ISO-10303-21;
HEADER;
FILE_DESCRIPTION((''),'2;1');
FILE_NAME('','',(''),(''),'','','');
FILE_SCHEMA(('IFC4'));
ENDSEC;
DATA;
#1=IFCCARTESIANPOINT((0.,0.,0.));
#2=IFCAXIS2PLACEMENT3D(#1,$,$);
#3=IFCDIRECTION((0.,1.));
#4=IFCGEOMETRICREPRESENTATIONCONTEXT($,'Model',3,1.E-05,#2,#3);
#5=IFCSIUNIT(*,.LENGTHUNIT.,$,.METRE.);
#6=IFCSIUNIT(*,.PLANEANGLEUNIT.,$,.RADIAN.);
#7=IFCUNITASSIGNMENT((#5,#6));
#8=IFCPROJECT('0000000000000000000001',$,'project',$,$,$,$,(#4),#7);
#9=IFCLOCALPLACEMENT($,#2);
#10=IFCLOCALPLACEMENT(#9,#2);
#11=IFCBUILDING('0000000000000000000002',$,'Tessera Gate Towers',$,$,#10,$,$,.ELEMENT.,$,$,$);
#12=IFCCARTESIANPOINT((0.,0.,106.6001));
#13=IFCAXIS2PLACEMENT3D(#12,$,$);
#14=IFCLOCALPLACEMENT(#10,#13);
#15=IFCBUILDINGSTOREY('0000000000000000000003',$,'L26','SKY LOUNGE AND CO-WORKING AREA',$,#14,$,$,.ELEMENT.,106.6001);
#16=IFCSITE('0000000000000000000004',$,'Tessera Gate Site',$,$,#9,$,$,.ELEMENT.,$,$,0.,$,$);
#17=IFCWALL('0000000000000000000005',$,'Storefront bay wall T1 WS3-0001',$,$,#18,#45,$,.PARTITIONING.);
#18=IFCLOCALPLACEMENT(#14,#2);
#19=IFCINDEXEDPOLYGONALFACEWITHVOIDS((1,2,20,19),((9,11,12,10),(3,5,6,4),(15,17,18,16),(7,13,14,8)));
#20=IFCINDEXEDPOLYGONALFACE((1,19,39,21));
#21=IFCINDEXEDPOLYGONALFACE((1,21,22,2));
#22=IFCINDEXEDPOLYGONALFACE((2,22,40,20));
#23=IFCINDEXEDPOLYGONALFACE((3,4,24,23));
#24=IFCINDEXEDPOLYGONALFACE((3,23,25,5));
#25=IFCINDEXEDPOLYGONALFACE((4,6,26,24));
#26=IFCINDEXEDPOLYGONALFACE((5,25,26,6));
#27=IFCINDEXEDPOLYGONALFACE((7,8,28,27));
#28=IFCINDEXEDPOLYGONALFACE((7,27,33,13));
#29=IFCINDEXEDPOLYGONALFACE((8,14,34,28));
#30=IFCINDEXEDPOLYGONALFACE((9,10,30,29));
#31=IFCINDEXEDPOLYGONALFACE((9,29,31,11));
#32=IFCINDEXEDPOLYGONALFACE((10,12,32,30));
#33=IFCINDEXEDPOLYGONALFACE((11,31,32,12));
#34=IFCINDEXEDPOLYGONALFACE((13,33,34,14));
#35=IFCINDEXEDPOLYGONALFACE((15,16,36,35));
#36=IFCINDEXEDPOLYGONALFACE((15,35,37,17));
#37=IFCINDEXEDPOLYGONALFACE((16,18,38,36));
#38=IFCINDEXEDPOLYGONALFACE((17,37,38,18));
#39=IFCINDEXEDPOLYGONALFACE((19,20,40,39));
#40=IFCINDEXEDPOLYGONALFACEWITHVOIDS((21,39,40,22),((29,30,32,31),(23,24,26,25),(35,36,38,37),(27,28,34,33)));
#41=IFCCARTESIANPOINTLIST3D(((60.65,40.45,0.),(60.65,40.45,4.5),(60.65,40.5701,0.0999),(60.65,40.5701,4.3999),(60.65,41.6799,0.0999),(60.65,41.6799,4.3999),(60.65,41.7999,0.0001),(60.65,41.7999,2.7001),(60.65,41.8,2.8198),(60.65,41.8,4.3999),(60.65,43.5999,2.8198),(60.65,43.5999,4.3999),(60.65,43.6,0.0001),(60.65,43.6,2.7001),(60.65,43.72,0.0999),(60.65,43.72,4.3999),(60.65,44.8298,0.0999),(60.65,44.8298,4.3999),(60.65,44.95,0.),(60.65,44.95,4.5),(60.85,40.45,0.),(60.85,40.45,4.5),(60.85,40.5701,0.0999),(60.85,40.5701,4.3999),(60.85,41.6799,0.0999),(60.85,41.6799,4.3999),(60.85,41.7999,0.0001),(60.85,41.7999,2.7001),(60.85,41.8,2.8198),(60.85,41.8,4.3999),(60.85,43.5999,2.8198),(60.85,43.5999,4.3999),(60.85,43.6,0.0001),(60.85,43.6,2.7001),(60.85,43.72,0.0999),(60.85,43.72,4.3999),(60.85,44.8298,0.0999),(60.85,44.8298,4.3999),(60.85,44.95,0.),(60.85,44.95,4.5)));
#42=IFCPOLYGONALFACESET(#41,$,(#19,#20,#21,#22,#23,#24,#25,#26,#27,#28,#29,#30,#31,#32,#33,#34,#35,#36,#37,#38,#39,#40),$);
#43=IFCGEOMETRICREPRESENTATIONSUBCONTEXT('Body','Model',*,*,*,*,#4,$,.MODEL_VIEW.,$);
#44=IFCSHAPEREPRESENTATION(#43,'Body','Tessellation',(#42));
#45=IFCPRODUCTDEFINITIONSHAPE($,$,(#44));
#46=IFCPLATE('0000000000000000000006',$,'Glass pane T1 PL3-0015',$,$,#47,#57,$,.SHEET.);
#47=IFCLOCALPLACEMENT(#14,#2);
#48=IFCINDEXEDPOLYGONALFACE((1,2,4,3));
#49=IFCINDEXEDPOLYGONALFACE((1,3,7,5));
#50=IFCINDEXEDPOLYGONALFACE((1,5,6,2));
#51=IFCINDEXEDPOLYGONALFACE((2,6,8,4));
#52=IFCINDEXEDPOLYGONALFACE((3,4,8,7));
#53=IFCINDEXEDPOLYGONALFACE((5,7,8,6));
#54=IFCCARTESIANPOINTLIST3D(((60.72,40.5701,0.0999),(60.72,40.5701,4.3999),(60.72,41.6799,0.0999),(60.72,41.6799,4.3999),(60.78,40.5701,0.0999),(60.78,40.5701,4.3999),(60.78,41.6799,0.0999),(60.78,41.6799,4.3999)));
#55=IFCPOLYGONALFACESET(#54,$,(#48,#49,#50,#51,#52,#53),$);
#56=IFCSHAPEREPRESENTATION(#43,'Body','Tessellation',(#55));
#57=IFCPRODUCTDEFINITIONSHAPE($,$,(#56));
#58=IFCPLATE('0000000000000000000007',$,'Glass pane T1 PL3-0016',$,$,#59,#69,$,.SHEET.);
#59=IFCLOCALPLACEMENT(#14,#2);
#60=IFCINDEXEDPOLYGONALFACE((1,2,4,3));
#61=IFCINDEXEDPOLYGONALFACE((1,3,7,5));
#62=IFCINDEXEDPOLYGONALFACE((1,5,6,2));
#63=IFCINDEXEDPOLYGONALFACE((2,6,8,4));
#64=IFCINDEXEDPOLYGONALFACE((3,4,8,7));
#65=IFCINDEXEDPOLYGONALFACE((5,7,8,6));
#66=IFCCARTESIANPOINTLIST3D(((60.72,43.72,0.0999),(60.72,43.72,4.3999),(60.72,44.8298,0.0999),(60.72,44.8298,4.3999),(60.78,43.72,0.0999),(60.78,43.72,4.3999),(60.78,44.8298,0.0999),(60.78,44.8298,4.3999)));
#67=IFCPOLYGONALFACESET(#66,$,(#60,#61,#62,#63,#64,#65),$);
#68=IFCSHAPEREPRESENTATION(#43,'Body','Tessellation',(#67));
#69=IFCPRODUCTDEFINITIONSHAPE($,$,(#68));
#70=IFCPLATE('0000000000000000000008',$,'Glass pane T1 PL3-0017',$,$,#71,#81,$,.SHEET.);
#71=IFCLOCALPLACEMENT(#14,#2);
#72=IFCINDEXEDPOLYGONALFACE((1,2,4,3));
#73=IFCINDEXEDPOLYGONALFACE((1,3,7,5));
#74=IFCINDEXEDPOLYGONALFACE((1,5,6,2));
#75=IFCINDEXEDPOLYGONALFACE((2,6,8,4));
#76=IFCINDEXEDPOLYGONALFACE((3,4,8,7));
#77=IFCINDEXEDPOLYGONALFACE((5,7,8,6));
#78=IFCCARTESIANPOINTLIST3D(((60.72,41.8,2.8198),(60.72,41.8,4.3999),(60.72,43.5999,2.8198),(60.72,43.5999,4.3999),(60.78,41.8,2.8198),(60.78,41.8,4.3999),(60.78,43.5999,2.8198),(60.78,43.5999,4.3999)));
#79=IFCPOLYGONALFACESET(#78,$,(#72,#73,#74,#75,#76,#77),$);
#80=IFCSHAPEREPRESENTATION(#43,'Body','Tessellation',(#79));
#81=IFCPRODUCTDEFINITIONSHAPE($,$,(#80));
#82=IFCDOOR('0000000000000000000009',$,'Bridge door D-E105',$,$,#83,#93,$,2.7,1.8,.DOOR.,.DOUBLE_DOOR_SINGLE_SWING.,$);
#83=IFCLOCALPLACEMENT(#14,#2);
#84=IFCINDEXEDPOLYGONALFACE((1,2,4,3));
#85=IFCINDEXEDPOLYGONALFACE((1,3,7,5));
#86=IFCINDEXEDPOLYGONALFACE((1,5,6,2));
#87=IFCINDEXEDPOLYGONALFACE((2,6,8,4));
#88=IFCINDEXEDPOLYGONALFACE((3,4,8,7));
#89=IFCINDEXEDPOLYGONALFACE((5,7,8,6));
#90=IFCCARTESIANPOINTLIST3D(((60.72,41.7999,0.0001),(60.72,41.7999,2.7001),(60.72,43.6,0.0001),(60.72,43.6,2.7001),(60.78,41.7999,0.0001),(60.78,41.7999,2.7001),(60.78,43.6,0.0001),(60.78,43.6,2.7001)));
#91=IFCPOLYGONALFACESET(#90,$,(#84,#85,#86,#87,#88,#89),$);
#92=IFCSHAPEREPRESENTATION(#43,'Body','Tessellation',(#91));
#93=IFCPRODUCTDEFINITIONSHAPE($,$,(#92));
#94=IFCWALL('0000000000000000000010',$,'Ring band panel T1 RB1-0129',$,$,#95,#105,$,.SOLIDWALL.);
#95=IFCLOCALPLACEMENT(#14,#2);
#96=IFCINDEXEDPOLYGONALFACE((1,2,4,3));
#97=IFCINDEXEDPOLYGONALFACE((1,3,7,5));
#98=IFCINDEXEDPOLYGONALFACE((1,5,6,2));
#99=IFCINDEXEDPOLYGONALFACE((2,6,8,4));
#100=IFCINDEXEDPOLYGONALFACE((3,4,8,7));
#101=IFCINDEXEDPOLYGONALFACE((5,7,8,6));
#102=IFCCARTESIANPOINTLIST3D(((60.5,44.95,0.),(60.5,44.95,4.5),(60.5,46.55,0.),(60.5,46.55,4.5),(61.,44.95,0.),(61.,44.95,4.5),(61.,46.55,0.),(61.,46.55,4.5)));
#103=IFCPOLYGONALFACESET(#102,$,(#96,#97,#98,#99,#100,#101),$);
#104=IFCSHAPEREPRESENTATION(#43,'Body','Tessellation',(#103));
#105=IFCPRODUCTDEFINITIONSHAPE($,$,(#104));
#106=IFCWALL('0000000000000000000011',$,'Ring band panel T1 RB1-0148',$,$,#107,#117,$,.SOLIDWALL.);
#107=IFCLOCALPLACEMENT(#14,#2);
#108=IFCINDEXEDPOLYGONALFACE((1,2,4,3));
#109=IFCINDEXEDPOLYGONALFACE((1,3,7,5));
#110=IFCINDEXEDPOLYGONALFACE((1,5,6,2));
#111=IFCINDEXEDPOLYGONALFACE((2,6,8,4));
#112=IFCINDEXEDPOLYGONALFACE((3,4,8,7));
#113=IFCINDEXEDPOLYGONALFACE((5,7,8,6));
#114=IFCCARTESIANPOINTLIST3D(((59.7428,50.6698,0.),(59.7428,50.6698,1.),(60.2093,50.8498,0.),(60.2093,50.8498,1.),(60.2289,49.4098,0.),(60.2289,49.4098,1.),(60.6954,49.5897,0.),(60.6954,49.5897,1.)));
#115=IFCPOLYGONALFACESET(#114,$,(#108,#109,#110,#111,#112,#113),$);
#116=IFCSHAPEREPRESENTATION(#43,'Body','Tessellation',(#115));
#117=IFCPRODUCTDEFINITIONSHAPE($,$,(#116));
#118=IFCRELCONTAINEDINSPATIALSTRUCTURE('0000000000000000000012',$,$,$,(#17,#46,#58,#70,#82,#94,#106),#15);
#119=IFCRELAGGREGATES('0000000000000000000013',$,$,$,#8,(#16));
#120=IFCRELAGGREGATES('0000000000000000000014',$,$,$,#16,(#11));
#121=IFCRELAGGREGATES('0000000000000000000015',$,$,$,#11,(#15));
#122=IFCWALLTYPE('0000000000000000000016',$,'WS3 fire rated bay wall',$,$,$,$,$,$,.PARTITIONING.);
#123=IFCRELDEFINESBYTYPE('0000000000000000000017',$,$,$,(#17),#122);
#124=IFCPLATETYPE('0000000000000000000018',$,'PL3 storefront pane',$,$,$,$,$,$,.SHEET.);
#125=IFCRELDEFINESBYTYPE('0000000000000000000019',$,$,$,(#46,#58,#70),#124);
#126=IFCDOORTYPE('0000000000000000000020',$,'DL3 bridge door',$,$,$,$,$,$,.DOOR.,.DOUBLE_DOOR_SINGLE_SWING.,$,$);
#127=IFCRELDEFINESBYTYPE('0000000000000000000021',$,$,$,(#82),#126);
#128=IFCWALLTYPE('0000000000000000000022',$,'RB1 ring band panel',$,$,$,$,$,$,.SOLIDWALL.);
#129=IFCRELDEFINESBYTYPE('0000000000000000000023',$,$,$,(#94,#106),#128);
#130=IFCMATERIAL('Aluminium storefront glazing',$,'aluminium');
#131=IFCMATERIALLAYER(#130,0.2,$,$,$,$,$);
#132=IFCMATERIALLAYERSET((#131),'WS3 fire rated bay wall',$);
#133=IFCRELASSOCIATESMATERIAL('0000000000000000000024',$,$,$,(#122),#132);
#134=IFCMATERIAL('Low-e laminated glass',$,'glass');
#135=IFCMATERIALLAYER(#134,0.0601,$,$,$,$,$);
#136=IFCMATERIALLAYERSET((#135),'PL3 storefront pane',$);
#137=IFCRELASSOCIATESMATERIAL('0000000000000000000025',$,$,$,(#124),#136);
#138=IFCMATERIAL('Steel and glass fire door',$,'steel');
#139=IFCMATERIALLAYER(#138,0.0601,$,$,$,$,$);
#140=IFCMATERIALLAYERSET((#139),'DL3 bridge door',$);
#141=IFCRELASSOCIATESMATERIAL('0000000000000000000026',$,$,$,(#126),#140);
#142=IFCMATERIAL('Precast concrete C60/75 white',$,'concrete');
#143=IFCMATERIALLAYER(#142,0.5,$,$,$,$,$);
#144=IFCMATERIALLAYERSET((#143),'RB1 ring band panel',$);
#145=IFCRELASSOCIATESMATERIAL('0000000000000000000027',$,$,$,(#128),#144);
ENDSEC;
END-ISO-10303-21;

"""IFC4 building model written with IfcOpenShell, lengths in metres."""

from ifc_helpers import new_model, si_unit, direction, frame, frame_2d, origin, place, context, subcontext, project, spatial, polyline, rectangle, outline, extrude, source, transform, mapped, material, layer, layer_set, type_object, element, fill, save


model = new_model("IFC4")

# Units and contexts
model_context = context("Model", 3, precision=1e-05, world=origin(), true_north=direction((0.0, 1.0)))
body_context = subcontext(model_context, "Body", "Model", "MODEL_VIEW")
ifc_project = project(units=[si_unit("LENGTHUNIT", "METRE"), si_unit("PLANEANGLEUNIT", "RADIAN")], contexts=[model_context])

# Site, building, storey
site_placement = place(None, origin())
site = spatial("IfcSite", under=ifc_project, at=site_placement, Name="Tessera Gate Site", CompositionType="ELEMENT", RefElevation=0.0)
building_placement = place(site_placement, origin())
building = spatial("IfcBuilding", under=site, at=building_placement, Name="Tessera Gate Towers", CompositionType="ELEMENT")
storey_placement = place(building_placement, frame((0.0, 0.0, 106.6001)))
storey = spatial("IfcBuildingStorey", under=building, at=storey_placement, Name="L26", Description="SKY LOUNGE AND CO-WORKING AREA", CompositionType="ELEMENT", Elevation=106.6001)

# Wall, openings, plates, door
ifc_material_1 = material(Name="Aluminium storefront glazing", Category="aluminium")
ifc_layer_1 = layer(ifc_material_1, 0.2)
ifc_layer_set_1 = layer_set([ifc_layer_1], Name="WS3 fire rated bay wall")
wall_type_1 = type_object("IfcWallType", Name="WS3 fire rated bay wall", PredefinedType="PARTITIONING", material=ifc_layer_set_1)
wall_1_placement = place(storey_placement, frame((60.75, 40.45, 0.0), z_axis=(0.0, 0.0, 1.0), x_axis=(0.0, 1.0, 0.0)))
wall_1 = element("IfcWall", 1, at=wall_1_placement, inside=storey, type_object=wall_type_1, Name="Storefront bay wall T1 WS3-0001", PredefinedType="PARTITIONING", context=body_context, shape_type="SweptSolid", body=[
    extrude(rectangle(XDim=4.5, YDim=0.2, at=frame_2d((2.25, 0.0))), origin(), (0.0, 0.0, 1.0), 4.5),
])
shared_shape_1 = source(origin(), body_context, "Body", "SweptSolid", [
    extrude(rectangle(XDim=1.8, YDim=2.7, at=frame_2d((0.8999, 1.3501))), frame((0.0, 0.1099, 0.0), z_axis=(0.0, -1.0, 0.0), x_axis=(1.0, 0.0, 0.0)), (0.0, 0.0, 1.0), 0.22),
])
opening_1_placement = place(wall_1_placement, frame((1.3501, 0.0, 0.0)))
opening_1 = element("IfcOpeningElement", 2, at=opening_1_placement, cuts=wall_1, PredefinedType="OPENING", context=body_context, shape_type="MappedRepresentation", body=[
    mapped(shared_shape_1, transform((0.0, 0.0, 0.0), scale=1.0)),
])
shared_shape_2 = source(origin(), body_context, "Body", "SweptSolid", [
    extrude(outline(polyline([(0.1201, 0.0999), (1.23, 0.0999), (1.23, 4.3999), (0.1201, 4.3999), (0.1201, 0.0999)])), frame((0.0, 0.1099, 0.0), z_axis=(0.0, -1.0, 0.0), x_axis=(1.0, 0.0, 0.0)), (0.0, 0.0, 1.0), 0.22),
])
opening_2_placement = place(wall_1_placement, origin())
opening_2 = element("IfcOpeningElement", 3, at=opening_2_placement, cuts=wall_1, PredefinedType="OPENING", context=body_context, shape_type="MappedRepresentation", body=[
    mapped(shared_shape_2, transform((0.0, 0.0, 0.0), scale=1.0)),
])
shared_shape_3 = source(origin(), body_context, "Body", "SweptSolid", [
    extrude(outline(polyline([(3.27, 0.0999), (4.3799, 0.0999), (4.3799, 4.3999), (3.27, 4.3999), (3.27, 0.0999)])), frame((0.0, 0.1099, 0.0), z_axis=(0.0, -1.0, 0.0), x_axis=(1.0, 0.0, 0.0)), (0.0, 0.0, 1.0), 0.22),
])
opening_3_placement = place(wall_1_placement, origin())
opening_3 = element("IfcOpeningElement", 4, at=opening_3_placement, cuts=wall_1, PredefinedType="OPENING", context=body_context, shape_type="MappedRepresentation", body=[
    mapped(shared_shape_3, transform((0.0, 0.0, 0.0), scale=1.0)),
])
shared_shape_4 = source(origin(), body_context, "Body", "SweptSolid", [
    extrude(outline(polyline([(1.3501, 2.8198), (3.1499, 2.8198), (3.1499, 4.3999), (1.3501, 4.3999), (1.3501, 2.8198)])), frame((0.0, 0.1099, 0.0), z_axis=(0.0, -1.0, 0.0), x_axis=(1.0, 0.0, 0.0)), (0.0, 0.0, 1.0), 0.22),
])
opening_4_placement = place(wall_1_placement, origin())
opening_4 = element("IfcOpeningElement", 5, at=opening_4_placement, cuts=wall_1, PredefinedType="OPENING", context=body_context, shape_type="MappedRepresentation", body=[
    mapped(shared_shape_4, transform((0.0, 0.0, 0.0), scale=1.0)),
])
ifc_material_2 = material(Name="Low-e laminated glass", Category="glass")
ifc_layer_2 = layer(ifc_material_2, 0.0601)
ifc_layer_set_2 = layer_set([ifc_layer_2], Name="PL3 storefront pane")
plate_type_1 = type_object("IfcPlateType", Name="PL3 storefront pane", PredefinedType="SHEET", material=ifc_layer_set_2)
shared_shape_5 = source(origin(), body_context, "Body", "SweptSolid", [
    extrude(outline(polyline([(0.1201, 0.0999), (1.23, 0.0999), (1.23, 4.3999), (0.1201, 4.3999), (0.1201, 0.0999)])), frame((0.0, 0.03, 0.0), z_axis=(0.0, -1.0, 0.0), x_axis=(1.0, 0.0, 0.0)), (0.0, 0.0, 1.0), 0.0601),
])
plate_1_placement = place(opening_2_placement, origin())
plate_1 = element("IfcPlate", 6, at=plate_1_placement, inside=storey, type_object=plate_type_1, Name="Glass pane T1 PL3-0015", PredefinedType="SHEET", context=body_context, shape_type="MappedRepresentation", body=[
    mapped(shared_shape_5, transform((0.0, 0.0, 0.0), scale=1.0)),
])
fill(opening_2, plate_1)
shared_shape_6 = source(origin(), body_context, "Body", "SweptSolid", [
    extrude(outline(polyline([(3.27, 0.0999), (4.3799, 0.0999), (4.3799, 4.3999), (3.27, 4.3999), (3.27, 0.0999)])), frame((0.0, 0.03, 0.0), z_axis=(0.0, -1.0, 0.0), x_axis=(1.0, 0.0, 0.0)), (0.0, 0.0, 1.0), 0.0601),
])
plate_2_placement = place(opening_3_placement, origin())
plate_2 = element("IfcPlate", 7, at=plate_2_placement, inside=storey, type_object=plate_type_1, Name="Glass pane T1 PL3-0016", PredefinedType="SHEET", context=body_context, shape_type="MappedRepresentation", body=[
    mapped(shared_shape_6, transform((0.0, 0.0, 0.0), scale=1.0)),
])
fill(opening_3, plate_2)
shared_shape_7 = source(origin(), body_context, "Body", "SweptSolid", [
    extrude(outline(polyline([(1.3501, 2.8198), (3.1499, 2.8198), (3.1499, 4.3999), (1.3501, 4.3999), (1.3501, 2.8198)])), frame((0.0, 0.03, 0.0), z_axis=(0.0, -1.0, 0.0), x_axis=(1.0, 0.0, 0.0)), (0.0, 0.0, 1.0), 0.0601),
])
plate_3_placement = place(opening_4_placement, origin())
plate_3 = element("IfcPlate", 8, at=plate_3_placement, inside=storey, type_object=plate_type_1, Name="Glass pane T1 PL3-0017", PredefinedType="SHEET", context=body_context, shape_type="MappedRepresentation", body=[
    mapped(shared_shape_7, transform((0.0, 0.0, 0.0), scale=1.0)),
])
fill(opening_4, plate_3)
ifc_material_3 = material(Name="Steel and glass fire door", Category="steel")
ifc_layer_3 = layer(ifc_material_3, 0.0601)
ifc_layer_set_3 = layer_set([ifc_layer_3], Name="DL3 bridge door")
door_type = type_object("IfcDoorType", Name="DL3 bridge door", OperationType="DOUBLE_DOOR_SINGLE_SWING", PredefinedType="DOOR", material=ifc_layer_set_3)
shared_shape_8 = source(origin(), body_context, "Body", "SweptSolid", [
    extrude(rectangle(XDim=1.8, YDim=2.7, at=frame_2d((0.8999, 1.3501))), frame((0.0, 0.03, 0.0), z_axis=(0.0, -1.0, 0.0), x_axis=(1.0, 0.0, 0.0)), (0.0, 0.0, 1.0), 0.0601),
])
door_placement = place(opening_1_placement, origin())
door = element("IfcDoor", 9, at=door_placement, inside=storey, type_object=door_type, Name="Bridge door D-E105", OperationType="DOUBLE_DOOR_SINGLE_SWING", OverallHeight=2.7, OverallWidth=1.8, PredefinedType="DOOR", context=body_context, shape_type="MappedRepresentation", body=[
    mapped(shared_shape_8, transform((0.0, 0.0, 0.0), scale=1.0)),
])
fill(opening_1, door)

# Walls
ifc_material_4 = material(Name="Precast concrete C60/75 white", Category="concrete")
ifc_layer_4 = layer(ifc_material_4, 0.5)
ifc_layer_set_4 = layer_set([ifc_layer_4], Name="RB1 ring band panel")
wall_type_2 = type_object("IfcWallType", Name="RB1 ring band panel", PredefinedType="SOLIDWALL", material=ifc_layer_set_4)
shared_shape_9 = source(origin(), body_context, "Body", "SweptSolid", [
    extrude(outline(polyline([(0.0, 0.0), (1.6001, 0.0), (1.6001, 4.5), (0.0, 4.5), (0.0, 0.0)])), frame((0.0, 0.25, 0.0), z_axis=(0.0, -1.0, 0.0), x_axis=(1.0, 0.0, 0.0)), (0.0, 0.0, 1.0), 0.5),
])
wall_2_placement = place(storey_placement, frame((60.75, 44.95, 0.0), z_axis=(0.0, 0.0, 1.0), x_axis=(0.0, 1.0, 0.0)))
element("IfcWall", 10, at=wall_2_placement, inside=storey, type_object=wall_type_2, Name="Ring band panel T1 RB1-0129", PredefinedType="SOLIDWALL", context=body_context, shape_type="MappedRepresentation", body=[
    mapped(shared_shape_9, transform((0.0, 0.0, 0.0), scale=1.0)),
])
shared_shape_10 = source(origin(), body_context, "Body", "SweptSolid", [
    extrude(outline(polyline([(0.0, 0.0), (1.3506, 0.0), (1.3506, 1.0), (0.0, 1.0), (0.0, 0.0)])), frame((0.0, 0.25, 0.0), z_axis=(0.0, -1.0, 0.0), x_axis=(1.0, 0.0, 0.0)), (0.0, 0.0, 1.0), 0.5),
])
wall_3_placement = place(storey_placement, frame((60.4622, 49.4998, 0.0), z_axis=(0.0, 0.0, 1.0), x_axis=(-0.359924, 0.932982, 0.0)))
element("IfcWall", 11, at=wall_3_placement, inside=storey, type_object=wall_type_2, Name="Ring band panel T1 RB1-0148", PredefinedType="SOLIDWALL", context=body_context, shape_type="MappedRepresentation", body=[
    mapped(shared_shape_10, transform((0.0, 0.0, 0.0), scale=1.0)),
])

save(model, "model.ifc")
